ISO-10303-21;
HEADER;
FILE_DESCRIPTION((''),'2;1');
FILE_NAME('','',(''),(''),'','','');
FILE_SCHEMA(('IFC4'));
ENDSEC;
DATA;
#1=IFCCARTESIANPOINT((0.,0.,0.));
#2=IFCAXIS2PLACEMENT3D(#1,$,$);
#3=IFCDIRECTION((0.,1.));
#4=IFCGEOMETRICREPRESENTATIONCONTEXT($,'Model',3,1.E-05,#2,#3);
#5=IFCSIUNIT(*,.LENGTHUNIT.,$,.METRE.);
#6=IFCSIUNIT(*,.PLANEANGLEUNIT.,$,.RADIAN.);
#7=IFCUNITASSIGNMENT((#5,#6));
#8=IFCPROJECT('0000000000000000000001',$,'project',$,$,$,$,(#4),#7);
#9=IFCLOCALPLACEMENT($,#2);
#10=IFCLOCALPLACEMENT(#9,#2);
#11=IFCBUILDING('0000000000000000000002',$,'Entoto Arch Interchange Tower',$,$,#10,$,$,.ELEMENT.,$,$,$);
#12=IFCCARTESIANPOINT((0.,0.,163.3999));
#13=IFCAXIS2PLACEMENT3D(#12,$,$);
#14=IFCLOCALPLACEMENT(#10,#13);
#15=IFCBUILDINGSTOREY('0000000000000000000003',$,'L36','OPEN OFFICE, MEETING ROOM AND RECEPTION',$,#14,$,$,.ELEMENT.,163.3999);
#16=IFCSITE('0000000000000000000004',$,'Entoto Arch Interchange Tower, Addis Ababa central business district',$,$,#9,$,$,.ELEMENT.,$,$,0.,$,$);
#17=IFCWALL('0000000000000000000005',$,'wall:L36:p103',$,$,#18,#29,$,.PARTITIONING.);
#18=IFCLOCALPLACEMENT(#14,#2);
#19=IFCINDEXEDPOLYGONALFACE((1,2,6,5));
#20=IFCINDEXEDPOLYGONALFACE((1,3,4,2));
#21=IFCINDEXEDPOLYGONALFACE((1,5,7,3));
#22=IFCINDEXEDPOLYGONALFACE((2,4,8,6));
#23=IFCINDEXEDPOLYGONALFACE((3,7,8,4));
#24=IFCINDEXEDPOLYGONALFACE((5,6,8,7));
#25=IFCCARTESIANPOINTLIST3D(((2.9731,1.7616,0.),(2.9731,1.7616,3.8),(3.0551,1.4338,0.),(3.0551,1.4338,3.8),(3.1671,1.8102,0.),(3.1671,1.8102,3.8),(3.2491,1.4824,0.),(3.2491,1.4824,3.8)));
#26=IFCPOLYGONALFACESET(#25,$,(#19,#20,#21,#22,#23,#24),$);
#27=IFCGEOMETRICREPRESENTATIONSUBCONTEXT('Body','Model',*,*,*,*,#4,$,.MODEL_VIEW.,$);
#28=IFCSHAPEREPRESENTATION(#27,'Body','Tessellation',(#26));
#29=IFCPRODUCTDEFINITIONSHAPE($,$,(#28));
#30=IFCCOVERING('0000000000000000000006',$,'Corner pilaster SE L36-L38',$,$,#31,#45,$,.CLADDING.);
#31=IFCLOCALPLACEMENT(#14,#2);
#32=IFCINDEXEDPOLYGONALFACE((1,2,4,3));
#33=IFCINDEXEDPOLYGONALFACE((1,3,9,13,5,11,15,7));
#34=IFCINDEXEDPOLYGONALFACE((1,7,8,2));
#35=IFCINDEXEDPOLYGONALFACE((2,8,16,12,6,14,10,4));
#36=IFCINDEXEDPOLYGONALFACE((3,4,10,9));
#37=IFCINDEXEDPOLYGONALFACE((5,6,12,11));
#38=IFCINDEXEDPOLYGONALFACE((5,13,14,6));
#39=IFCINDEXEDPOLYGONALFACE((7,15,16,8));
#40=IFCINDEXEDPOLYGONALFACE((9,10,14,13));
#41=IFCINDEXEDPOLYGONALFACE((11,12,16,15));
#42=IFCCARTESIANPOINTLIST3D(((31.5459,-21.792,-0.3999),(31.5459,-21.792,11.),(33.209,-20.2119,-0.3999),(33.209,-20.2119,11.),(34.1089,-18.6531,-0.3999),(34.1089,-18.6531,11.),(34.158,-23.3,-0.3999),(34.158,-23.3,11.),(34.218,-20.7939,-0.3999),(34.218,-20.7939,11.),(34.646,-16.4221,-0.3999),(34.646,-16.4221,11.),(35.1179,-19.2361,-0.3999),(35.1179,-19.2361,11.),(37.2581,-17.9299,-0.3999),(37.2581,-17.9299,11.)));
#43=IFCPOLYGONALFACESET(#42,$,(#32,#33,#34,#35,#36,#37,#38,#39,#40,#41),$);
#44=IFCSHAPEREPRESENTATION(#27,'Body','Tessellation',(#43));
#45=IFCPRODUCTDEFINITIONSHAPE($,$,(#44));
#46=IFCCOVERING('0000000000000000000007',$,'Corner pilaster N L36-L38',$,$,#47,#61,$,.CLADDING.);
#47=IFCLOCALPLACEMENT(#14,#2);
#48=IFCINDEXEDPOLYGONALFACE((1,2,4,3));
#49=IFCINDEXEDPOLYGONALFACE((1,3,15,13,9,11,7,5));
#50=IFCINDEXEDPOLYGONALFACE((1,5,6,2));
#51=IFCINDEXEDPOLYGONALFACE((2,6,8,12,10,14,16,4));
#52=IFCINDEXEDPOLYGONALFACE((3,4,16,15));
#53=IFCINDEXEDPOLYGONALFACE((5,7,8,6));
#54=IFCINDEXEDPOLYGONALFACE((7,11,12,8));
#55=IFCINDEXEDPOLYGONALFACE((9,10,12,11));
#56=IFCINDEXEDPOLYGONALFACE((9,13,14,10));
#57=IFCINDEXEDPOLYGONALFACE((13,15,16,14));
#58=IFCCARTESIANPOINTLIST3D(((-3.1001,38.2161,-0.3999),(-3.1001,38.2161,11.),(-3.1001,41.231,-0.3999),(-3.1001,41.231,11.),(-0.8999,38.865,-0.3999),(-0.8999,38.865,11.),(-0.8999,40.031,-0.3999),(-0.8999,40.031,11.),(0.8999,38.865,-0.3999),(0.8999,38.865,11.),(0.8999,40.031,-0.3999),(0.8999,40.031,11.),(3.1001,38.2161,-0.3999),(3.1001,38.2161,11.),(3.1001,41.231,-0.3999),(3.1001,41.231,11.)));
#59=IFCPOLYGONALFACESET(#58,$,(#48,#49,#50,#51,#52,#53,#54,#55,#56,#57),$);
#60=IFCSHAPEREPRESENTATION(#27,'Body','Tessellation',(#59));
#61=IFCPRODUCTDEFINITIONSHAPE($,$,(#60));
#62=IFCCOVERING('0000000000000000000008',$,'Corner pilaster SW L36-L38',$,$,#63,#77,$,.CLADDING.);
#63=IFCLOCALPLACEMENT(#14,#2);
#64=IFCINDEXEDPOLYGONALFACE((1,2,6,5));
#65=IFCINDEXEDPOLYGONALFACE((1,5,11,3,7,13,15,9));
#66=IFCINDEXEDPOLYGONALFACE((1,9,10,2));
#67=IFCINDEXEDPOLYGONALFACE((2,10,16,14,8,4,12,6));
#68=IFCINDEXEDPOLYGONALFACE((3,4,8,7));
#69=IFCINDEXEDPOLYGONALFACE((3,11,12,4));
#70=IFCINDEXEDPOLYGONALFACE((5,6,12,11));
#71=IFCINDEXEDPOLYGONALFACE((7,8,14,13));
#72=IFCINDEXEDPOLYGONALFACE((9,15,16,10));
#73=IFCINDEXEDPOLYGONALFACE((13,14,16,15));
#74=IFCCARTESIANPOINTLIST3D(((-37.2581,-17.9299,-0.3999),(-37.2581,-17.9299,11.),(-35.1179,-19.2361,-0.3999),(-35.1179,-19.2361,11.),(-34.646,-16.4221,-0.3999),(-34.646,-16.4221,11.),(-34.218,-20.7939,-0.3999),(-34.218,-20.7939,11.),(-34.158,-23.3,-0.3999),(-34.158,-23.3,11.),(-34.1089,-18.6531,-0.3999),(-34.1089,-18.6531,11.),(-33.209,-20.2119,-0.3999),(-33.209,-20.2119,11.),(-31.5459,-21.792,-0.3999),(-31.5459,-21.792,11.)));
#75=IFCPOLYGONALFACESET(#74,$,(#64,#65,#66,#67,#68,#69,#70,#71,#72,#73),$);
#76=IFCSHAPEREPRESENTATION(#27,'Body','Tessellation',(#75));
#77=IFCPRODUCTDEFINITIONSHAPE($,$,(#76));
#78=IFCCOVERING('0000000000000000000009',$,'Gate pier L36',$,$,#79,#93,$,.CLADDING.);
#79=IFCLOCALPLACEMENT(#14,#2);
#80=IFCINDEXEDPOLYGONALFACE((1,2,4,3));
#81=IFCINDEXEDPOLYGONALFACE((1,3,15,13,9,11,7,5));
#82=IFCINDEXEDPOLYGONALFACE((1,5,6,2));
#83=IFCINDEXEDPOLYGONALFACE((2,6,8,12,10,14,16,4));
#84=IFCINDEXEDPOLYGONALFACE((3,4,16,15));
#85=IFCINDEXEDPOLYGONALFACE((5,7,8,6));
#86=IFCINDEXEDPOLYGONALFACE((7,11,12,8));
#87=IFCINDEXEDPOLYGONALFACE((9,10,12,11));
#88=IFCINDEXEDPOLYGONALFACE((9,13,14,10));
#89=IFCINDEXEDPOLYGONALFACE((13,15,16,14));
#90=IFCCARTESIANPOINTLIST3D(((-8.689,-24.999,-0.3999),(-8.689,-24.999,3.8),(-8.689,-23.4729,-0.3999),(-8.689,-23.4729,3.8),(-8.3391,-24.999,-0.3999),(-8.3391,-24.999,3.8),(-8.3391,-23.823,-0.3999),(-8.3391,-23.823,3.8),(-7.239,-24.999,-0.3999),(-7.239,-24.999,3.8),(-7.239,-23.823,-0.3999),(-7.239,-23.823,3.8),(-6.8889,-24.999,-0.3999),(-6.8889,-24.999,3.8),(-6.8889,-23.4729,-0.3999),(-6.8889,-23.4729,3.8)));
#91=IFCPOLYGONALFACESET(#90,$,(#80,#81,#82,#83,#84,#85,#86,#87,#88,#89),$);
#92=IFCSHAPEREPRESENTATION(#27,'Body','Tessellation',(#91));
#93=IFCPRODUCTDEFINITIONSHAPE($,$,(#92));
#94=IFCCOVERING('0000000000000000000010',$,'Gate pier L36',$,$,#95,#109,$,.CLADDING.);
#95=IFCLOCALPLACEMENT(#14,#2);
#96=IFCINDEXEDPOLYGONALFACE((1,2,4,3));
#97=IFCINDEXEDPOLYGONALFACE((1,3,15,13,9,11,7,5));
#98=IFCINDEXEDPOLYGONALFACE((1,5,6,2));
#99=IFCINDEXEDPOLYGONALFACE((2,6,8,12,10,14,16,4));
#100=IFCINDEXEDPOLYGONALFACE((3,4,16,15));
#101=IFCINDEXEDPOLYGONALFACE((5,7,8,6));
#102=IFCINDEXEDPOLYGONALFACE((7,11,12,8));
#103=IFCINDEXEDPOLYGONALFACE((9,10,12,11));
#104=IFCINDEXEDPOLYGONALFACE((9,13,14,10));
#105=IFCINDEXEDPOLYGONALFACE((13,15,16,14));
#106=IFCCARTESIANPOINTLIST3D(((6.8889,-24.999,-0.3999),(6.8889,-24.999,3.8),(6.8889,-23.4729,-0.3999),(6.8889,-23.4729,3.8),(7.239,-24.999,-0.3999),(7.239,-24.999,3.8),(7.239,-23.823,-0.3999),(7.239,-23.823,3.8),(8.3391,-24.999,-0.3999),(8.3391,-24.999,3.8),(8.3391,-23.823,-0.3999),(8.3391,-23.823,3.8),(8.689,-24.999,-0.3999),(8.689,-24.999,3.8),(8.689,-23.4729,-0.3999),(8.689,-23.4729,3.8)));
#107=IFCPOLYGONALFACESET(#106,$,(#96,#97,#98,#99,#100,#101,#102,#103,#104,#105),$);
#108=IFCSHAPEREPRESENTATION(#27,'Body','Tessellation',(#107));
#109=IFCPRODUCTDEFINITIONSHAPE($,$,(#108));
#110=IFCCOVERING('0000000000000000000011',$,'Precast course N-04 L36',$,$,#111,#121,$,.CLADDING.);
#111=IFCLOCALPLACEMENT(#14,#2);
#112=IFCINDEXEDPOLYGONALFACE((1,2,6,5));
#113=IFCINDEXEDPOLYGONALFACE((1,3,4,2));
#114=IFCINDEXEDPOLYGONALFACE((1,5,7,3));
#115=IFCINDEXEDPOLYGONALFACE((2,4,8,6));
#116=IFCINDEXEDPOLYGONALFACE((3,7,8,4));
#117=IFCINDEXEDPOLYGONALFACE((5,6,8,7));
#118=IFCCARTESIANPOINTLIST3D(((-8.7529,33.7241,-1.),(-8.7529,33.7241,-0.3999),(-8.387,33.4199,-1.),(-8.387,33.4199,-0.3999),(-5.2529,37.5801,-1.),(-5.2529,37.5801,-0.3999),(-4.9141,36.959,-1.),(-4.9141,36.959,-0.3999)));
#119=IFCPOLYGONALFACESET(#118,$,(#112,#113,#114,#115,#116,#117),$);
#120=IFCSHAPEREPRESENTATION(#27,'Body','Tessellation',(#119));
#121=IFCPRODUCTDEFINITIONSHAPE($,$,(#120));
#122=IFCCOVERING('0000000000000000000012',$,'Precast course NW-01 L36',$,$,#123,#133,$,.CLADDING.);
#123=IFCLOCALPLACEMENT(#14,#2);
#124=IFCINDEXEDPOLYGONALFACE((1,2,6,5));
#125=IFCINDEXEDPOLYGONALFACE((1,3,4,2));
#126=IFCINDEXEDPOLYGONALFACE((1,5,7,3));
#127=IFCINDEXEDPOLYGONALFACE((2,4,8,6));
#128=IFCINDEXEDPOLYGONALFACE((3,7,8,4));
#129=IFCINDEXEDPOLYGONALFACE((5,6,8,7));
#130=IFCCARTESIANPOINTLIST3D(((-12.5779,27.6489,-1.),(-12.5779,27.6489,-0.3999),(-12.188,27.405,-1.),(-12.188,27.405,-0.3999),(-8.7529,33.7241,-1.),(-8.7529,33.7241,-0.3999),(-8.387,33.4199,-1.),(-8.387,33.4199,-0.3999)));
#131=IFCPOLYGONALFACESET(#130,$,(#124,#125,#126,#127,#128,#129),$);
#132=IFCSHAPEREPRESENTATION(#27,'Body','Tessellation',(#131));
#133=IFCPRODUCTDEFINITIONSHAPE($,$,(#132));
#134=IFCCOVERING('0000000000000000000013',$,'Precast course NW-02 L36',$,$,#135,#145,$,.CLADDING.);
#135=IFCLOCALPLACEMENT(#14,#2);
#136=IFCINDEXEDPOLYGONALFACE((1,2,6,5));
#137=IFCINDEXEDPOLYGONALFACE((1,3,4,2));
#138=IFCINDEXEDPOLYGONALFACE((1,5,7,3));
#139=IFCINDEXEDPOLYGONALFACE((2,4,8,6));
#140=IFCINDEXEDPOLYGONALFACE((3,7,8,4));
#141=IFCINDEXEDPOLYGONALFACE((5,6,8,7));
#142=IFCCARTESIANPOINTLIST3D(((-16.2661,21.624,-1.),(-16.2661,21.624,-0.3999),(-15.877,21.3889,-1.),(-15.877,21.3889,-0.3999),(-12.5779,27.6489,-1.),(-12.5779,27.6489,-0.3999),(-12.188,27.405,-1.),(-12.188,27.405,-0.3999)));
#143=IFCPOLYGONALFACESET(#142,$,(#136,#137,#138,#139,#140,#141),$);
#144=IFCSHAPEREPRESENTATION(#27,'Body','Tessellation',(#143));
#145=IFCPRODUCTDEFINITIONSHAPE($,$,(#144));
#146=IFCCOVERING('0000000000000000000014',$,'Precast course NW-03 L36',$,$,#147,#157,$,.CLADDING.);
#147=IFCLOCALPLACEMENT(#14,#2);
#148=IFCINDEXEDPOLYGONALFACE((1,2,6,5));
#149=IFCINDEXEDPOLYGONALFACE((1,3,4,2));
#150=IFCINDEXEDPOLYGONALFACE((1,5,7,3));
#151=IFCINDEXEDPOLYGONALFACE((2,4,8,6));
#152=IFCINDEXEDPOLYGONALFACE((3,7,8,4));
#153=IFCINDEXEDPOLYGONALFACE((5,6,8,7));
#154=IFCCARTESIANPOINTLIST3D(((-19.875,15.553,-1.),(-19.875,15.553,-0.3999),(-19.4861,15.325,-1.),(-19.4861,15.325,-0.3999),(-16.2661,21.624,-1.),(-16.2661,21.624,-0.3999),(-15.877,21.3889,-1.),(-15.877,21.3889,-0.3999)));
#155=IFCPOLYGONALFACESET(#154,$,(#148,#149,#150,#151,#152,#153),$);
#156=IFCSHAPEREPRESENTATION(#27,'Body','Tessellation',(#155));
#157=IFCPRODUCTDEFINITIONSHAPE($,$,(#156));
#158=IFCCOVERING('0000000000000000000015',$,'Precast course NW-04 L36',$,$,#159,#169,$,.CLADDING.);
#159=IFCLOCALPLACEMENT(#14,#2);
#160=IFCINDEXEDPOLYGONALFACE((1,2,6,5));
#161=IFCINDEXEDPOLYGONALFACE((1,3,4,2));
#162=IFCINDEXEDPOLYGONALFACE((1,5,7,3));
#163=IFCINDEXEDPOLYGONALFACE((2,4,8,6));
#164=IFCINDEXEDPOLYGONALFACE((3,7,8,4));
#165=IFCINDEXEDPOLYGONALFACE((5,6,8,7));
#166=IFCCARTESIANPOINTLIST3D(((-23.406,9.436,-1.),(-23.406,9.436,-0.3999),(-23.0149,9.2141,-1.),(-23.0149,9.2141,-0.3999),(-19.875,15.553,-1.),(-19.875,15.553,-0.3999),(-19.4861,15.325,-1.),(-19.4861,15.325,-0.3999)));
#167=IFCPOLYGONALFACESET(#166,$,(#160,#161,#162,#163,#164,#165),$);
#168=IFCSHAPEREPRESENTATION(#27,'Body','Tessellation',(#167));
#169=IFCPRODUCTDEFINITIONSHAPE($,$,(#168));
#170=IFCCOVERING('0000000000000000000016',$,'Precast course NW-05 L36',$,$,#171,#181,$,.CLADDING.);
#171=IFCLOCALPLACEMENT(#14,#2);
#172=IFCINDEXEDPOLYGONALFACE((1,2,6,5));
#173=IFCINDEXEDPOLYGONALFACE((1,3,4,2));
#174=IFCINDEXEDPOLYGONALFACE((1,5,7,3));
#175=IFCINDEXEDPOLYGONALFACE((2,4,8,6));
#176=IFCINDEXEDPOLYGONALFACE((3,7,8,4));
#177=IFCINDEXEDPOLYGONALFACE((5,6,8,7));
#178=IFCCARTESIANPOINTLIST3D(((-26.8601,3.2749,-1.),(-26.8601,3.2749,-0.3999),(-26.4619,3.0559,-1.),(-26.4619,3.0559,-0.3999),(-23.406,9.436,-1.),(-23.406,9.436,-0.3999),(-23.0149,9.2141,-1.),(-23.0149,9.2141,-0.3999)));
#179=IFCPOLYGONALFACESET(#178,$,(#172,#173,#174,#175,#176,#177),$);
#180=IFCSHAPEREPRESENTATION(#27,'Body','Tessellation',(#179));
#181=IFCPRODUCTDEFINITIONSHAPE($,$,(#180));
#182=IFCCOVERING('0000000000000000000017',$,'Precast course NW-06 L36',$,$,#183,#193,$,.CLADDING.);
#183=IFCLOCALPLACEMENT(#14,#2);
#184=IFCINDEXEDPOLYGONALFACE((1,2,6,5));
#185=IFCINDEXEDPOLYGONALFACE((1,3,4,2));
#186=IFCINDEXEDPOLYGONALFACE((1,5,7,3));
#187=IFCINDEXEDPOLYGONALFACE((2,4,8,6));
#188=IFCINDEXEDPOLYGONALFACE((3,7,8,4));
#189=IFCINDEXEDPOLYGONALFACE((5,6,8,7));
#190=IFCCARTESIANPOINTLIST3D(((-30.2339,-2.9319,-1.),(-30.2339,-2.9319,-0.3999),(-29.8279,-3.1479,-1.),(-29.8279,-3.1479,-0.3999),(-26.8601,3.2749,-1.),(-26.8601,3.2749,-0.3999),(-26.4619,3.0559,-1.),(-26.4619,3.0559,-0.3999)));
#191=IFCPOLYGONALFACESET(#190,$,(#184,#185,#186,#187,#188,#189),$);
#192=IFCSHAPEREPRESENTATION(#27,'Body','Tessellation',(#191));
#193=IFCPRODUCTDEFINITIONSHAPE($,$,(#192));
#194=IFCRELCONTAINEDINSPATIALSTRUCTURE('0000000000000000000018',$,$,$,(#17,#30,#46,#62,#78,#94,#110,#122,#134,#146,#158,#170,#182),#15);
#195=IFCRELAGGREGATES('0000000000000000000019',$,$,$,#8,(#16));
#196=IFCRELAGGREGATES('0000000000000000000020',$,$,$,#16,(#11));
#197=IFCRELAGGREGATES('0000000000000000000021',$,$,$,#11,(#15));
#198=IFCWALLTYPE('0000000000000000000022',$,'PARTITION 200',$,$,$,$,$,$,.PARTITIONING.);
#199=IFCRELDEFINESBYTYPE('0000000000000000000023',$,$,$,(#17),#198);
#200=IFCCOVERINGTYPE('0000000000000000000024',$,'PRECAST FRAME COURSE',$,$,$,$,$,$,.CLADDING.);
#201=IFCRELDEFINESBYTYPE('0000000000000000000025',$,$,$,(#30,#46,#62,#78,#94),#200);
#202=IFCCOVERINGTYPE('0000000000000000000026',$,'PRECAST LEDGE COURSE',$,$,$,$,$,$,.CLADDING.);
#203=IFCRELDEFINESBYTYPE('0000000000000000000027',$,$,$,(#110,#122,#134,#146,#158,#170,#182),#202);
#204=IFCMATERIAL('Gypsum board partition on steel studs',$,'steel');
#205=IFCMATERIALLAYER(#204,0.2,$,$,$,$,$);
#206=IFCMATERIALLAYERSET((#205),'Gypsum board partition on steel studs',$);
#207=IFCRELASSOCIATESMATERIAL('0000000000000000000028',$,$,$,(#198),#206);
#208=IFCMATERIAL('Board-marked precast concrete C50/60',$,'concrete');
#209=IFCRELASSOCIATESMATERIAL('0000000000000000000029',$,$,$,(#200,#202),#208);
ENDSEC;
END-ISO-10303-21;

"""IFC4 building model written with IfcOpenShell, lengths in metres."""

from ifc_helpers import new_model, si_unit, direction, frame, frame_2d, origin, place, context, subcontext, project, spatial, polyline, rectangle, outline, extrude, material, layer, layer_set, type_object, element, save


model = new_model("IFC4")

# Units and contexts
model_context = context("Model", 3, precision=1e-05, world=origin(), true_north=direction((0.0, 1.0)))
body_context = subcontext(model_context, "Body", "Model", "MODEL_VIEW")
ifc_project = project(units=[si_unit("LENGTHUNIT", "METRE"), si_unit("PLANEANGLEUNIT", "RADIAN")], contexts=[model_context])

# Site, building, storey
site_placement = place(None, origin())
site = spatial("IfcSite", under=ifc_project, at=site_placement, Name="Entoto Arch Interchange Tower, Addis Ababa central business district", CompositionType="ELEMENT", RefElevation=0.0)
building_placement = place(site_placement, origin())
building = spatial("IfcBuilding", under=site, at=building_placement, Name="Entoto Arch Interchange Tower", CompositionType="ELEMENT")
storey_placement = place(building_placement, frame((0.0, 0.0, 163.3999)))
storey = spatial("IfcBuildingStorey", under=building, at=storey_placement, Name="L36", Description="OPEN OFFICE, MEETING ROOM AND RECEPTION", CompositionType="ELEMENT", Elevation=163.3999)

# Shared definitions
ifc_material_1 = material(Name="Board-marked precast concrete C50/60", Category="concrete")

# Wall
ifc_material_2 = material(Name="Gypsum board partition on steel studs", Category="steel")
ifc_layer_1 = layer(ifc_material_2, 0.2)
ifc_layer_set_1 = layer_set([ifc_layer_1], Name="Gypsum board partition on steel studs")
wall_type = type_object("IfcWallType", Name="PARTITION 200", PredefinedType="PARTITIONING", material=ifc_layer_set_1)
wall_1_placement = place(storey_placement, frame((3.0701, 1.7859, 0.0), z_axis=(0.0, 0.0, 1.0), x_axis=(0.242706, -0.9701, 0.0)))
element("IfcWall", 1, at=wall_1_placement, inside=storey, type_object=wall_type, Name="wall:L36:p103", PredefinedType="PARTITIONING", context=body_context, shape_type="SweptSolid", body=[
    extrude(rectangle(XDim=0.3379, YDim=0.2, at=frame_2d((0.1689, 0.0))), origin(), (0.0, 0.0, 1.0), 3.8),
])

# Coverings
covering_type_1 = type_object("IfcCoveringType", Name="PRECAST FRAME COURSE", PredefinedType="CLADDING", material=ifc_material_1)
covering_1_placement = place(storey_placement, frame((0.0, 0.0, -0.3999)))
element("IfcCovering", 2, at=covering_1_placement, inside=storey, type_object=covering_type_1, Name="Corner pilaster SE L36-L38", PredefinedType="CLADDING", context=body_context, shape_type="SweptSolid", body=[
    extrude(outline(polyline([(37.2581, -17.9299), (34.158, -23.3), (31.5459, -21.792), (33.209, -20.2119), (34.218, -20.7939), (35.1179, -19.2361), (34.1089, -18.6531), (34.646, -16.4221), (37.2581, -17.9299)])), origin(), (0.0, 0.0, 1.0), 11.3999),
])
covering_2_placement = place(storey_placement, frame((0.0, 0.0, -0.3999)))
element("IfcCovering", 3, at=covering_2_placement, inside=storey, type_object=covering_type_1, Name="Corner pilaster N L36-L38", PredefinedType="CLADDING", context=body_context, shape_type="SweptSolid", body=[
    extrude(outline(polyline([(-3.1001, 41.231), (3.1001, 41.231), (3.1001, 38.2161), (0.8999, 38.865), (0.8999, 40.031), (-0.8999, 40.031), (-0.8999, 38.865), (-3.1001, 38.2161), (-3.1001, 41.231)])), origin(), (0.0, 0.0, 1.0), 11.3999),
])
covering_3_placement = place(storey_placement, frame((0.0, 0.0, -0.3999)))
element("IfcCovering", 4, at=covering_3_placement, inside=storey, type_object=covering_type_1, Name="Corner pilaster SW L36-L38", PredefinedType="CLADDING", context=body_context, shape_type="SweptSolid", body=[
    extrude(outline(polyline([(-34.158, -23.3), (-37.2581, -17.9299), (-34.646, -16.4221), (-34.1089, -18.6531), (-35.1179, -19.2361), (-34.218, -20.7939), (-33.209, -20.2119), (-31.5459, -21.792), (-34.158, -23.3)])), origin(), (0.0, 0.0, 1.0), 11.3999),
])
covering_4_placement = place(storey_placement, frame((0.0, 0.0, -0.3999)))
element("IfcCovering", 5, at=covering_4_placement, inside=storey, type_object=covering_type_1, Name="Gate pier L36", PredefinedType="CLADDING", context=body_context, shape_type="SweptSolid", body=[
    extrude(outline(polyline([(-8.689, -23.4729), (-6.8889, -23.4729), (-6.8889, -24.999), (-7.239, -24.999), (-7.239, -23.823), (-8.3391, -23.823), (-8.3391, -24.999), (-8.689, -24.999), (-8.689, -23.4729)])), origin(), (0.0, 0.0, 1.0), 4.2),
])
covering_5_placement = place(storey_placement, frame((0.0, 0.0, -0.3999)))
element("IfcCovering", 6, at=covering_5_placement, inside=storey, type_object=covering_type_1, Name="Gate pier L36", PredefinedType="CLADDING", context=body_context, shape_type="SweptSolid", body=[
    extrude(outline(polyline([(6.8889, -23.4729), (8.689, -23.4729), (8.689, -24.999), (8.3391, -24.999), (8.3391, -23.823), (7.239, -23.823), (7.239, -24.999), (6.8889, -24.999), (6.8889, -23.4729)])), origin(), (0.0, 0.0, 1.0), 4.2),
])
covering_type_2 = type_object("IfcCoveringType", Name="PRECAST LEDGE COURSE", PredefinedType="CLADDING", material=ifc_material_1)
covering_6_placement = place(storey_placement, frame((0.0, 0.0, -1.0)))
element("IfcCovering", 7, at=covering_6_placement, inside=storey, type_object=covering_type_2, Name="Precast course N-04 L36", PredefinedType="CLADDING", context=body_context, shape_type="SweptSolid", body=[
    extrude(outline(polyline([(-8.387, 33.4199), (-8.7529, 33.7241), (-5.2529, 37.5801), (-4.9141, 36.959), (-8.387, 33.4199)])), origin(), (0.0, 0.0, 1.0), 0.6001),
])
covering_7_placement = place(storey_placement, frame((0.0, 0.0, -1.0)))
element("IfcCovering", 8, at=covering_7_placement, inside=storey, type_object=covering_type_2, Name="Precast course NW-01 L36", PredefinedType="CLADDING", context=body_context, shape_type="SweptSolid", body=[
    extrude(outline(polyline([(-12.188, 27.405), (-12.5779, 27.6489), (-8.7529, 33.7241), (-8.387, 33.4199), (-12.188, 27.405)])), origin(), (0.0, 0.0, 1.0), 0.6001),
])
covering_8_placement = place(storey_placement, frame((0.0, 0.0, -1.0)))
element("IfcCovering", 9, at=covering_8_placement, inside=storey, type_object=covering_type_2, Name="Precast course NW-02 L36", PredefinedType="CLADDING", context=body_context, shape_type="SweptSolid", body=[
    extrude(outline(polyline([(-15.877, 21.3889), (-16.2661, 21.624), (-12.5779, 27.6489), (-12.188, 27.405), (-15.877, 21.3889)])), origin(), (0.0, 0.0, 1.0), 0.6001),
])
covering_9_placement = place(storey_placement, frame((0.0, 0.0, -1.0)))
element("IfcCovering", 10, at=covering_9_placement, inside=storey, type_object=covering_type_2, Name="Precast course NW-03 L36", PredefinedType="CLADDING", context=body_context, shape_type="SweptSolid", body=[
    extrude(outline(polyline([(-19.4861, 15.325), (-19.875, 15.553), (-16.2661, 21.624), (-15.877, 21.3889), (-19.4861, 15.325)])), origin(), (0.0, 0.0, 1.0), 0.6001),
])
covering_10_placement = place(storey_placement, frame((0.0, 0.0, -1.0)))
element("IfcCovering", 11, at=covering_10_placement, inside=storey, type_object=covering_type_2, Name="Precast course NW-04 L36", PredefinedType="CLADDING", context=body_context, shape_type="SweptSolid", body=[
    extrude(outline(polyline([(-23.0149, 9.2141), (-23.406, 9.436), (-19.875, 15.553), (-19.4861, 15.325), (-23.0149, 9.2141)])), origin(), (0.0, 0.0, 1.0), 0.6001),
])
covering_11_placement = place(storey_placement, frame((0.0, 0.0, -1.0)))
element("IfcCovering", 12, at=covering_11_placement, inside=storey, type_object=covering_type_2, Name="Precast course NW-05 L36", PredefinedType="CLADDING", context=body_context, shape_type="SweptSolid", body=[
    extrude(outline(polyline([(-26.4619, 3.0559), (-26.8601, 3.2749), (-23.406, 9.436), (-23.0149, 9.2141), (-26.4619, 3.0559)])), origin(), (0.0, 0.0, 1.0), 0.6001),
])
covering_12_placement = place(storey_placement, frame((0.0, 0.0, -1.0)))
element("IfcCovering", 13, at=covering_12_placement, inside=storey, type_object=covering_type_2, Name="Precast course NW-06 L36", PredefinedType="CLADDING", context=body_context, shape_type="SweptSolid", body=[
    extrude(outline(polyline([(-29.8279, -3.1479), (-30.2339, -2.9319), (-26.8601, 3.2749), (-26.4619, 3.0559), (-29.8279, -3.1479)])), origin(), (0.0, 0.0, 1.0), 0.6001),
])

save(model, "model.ifc")
